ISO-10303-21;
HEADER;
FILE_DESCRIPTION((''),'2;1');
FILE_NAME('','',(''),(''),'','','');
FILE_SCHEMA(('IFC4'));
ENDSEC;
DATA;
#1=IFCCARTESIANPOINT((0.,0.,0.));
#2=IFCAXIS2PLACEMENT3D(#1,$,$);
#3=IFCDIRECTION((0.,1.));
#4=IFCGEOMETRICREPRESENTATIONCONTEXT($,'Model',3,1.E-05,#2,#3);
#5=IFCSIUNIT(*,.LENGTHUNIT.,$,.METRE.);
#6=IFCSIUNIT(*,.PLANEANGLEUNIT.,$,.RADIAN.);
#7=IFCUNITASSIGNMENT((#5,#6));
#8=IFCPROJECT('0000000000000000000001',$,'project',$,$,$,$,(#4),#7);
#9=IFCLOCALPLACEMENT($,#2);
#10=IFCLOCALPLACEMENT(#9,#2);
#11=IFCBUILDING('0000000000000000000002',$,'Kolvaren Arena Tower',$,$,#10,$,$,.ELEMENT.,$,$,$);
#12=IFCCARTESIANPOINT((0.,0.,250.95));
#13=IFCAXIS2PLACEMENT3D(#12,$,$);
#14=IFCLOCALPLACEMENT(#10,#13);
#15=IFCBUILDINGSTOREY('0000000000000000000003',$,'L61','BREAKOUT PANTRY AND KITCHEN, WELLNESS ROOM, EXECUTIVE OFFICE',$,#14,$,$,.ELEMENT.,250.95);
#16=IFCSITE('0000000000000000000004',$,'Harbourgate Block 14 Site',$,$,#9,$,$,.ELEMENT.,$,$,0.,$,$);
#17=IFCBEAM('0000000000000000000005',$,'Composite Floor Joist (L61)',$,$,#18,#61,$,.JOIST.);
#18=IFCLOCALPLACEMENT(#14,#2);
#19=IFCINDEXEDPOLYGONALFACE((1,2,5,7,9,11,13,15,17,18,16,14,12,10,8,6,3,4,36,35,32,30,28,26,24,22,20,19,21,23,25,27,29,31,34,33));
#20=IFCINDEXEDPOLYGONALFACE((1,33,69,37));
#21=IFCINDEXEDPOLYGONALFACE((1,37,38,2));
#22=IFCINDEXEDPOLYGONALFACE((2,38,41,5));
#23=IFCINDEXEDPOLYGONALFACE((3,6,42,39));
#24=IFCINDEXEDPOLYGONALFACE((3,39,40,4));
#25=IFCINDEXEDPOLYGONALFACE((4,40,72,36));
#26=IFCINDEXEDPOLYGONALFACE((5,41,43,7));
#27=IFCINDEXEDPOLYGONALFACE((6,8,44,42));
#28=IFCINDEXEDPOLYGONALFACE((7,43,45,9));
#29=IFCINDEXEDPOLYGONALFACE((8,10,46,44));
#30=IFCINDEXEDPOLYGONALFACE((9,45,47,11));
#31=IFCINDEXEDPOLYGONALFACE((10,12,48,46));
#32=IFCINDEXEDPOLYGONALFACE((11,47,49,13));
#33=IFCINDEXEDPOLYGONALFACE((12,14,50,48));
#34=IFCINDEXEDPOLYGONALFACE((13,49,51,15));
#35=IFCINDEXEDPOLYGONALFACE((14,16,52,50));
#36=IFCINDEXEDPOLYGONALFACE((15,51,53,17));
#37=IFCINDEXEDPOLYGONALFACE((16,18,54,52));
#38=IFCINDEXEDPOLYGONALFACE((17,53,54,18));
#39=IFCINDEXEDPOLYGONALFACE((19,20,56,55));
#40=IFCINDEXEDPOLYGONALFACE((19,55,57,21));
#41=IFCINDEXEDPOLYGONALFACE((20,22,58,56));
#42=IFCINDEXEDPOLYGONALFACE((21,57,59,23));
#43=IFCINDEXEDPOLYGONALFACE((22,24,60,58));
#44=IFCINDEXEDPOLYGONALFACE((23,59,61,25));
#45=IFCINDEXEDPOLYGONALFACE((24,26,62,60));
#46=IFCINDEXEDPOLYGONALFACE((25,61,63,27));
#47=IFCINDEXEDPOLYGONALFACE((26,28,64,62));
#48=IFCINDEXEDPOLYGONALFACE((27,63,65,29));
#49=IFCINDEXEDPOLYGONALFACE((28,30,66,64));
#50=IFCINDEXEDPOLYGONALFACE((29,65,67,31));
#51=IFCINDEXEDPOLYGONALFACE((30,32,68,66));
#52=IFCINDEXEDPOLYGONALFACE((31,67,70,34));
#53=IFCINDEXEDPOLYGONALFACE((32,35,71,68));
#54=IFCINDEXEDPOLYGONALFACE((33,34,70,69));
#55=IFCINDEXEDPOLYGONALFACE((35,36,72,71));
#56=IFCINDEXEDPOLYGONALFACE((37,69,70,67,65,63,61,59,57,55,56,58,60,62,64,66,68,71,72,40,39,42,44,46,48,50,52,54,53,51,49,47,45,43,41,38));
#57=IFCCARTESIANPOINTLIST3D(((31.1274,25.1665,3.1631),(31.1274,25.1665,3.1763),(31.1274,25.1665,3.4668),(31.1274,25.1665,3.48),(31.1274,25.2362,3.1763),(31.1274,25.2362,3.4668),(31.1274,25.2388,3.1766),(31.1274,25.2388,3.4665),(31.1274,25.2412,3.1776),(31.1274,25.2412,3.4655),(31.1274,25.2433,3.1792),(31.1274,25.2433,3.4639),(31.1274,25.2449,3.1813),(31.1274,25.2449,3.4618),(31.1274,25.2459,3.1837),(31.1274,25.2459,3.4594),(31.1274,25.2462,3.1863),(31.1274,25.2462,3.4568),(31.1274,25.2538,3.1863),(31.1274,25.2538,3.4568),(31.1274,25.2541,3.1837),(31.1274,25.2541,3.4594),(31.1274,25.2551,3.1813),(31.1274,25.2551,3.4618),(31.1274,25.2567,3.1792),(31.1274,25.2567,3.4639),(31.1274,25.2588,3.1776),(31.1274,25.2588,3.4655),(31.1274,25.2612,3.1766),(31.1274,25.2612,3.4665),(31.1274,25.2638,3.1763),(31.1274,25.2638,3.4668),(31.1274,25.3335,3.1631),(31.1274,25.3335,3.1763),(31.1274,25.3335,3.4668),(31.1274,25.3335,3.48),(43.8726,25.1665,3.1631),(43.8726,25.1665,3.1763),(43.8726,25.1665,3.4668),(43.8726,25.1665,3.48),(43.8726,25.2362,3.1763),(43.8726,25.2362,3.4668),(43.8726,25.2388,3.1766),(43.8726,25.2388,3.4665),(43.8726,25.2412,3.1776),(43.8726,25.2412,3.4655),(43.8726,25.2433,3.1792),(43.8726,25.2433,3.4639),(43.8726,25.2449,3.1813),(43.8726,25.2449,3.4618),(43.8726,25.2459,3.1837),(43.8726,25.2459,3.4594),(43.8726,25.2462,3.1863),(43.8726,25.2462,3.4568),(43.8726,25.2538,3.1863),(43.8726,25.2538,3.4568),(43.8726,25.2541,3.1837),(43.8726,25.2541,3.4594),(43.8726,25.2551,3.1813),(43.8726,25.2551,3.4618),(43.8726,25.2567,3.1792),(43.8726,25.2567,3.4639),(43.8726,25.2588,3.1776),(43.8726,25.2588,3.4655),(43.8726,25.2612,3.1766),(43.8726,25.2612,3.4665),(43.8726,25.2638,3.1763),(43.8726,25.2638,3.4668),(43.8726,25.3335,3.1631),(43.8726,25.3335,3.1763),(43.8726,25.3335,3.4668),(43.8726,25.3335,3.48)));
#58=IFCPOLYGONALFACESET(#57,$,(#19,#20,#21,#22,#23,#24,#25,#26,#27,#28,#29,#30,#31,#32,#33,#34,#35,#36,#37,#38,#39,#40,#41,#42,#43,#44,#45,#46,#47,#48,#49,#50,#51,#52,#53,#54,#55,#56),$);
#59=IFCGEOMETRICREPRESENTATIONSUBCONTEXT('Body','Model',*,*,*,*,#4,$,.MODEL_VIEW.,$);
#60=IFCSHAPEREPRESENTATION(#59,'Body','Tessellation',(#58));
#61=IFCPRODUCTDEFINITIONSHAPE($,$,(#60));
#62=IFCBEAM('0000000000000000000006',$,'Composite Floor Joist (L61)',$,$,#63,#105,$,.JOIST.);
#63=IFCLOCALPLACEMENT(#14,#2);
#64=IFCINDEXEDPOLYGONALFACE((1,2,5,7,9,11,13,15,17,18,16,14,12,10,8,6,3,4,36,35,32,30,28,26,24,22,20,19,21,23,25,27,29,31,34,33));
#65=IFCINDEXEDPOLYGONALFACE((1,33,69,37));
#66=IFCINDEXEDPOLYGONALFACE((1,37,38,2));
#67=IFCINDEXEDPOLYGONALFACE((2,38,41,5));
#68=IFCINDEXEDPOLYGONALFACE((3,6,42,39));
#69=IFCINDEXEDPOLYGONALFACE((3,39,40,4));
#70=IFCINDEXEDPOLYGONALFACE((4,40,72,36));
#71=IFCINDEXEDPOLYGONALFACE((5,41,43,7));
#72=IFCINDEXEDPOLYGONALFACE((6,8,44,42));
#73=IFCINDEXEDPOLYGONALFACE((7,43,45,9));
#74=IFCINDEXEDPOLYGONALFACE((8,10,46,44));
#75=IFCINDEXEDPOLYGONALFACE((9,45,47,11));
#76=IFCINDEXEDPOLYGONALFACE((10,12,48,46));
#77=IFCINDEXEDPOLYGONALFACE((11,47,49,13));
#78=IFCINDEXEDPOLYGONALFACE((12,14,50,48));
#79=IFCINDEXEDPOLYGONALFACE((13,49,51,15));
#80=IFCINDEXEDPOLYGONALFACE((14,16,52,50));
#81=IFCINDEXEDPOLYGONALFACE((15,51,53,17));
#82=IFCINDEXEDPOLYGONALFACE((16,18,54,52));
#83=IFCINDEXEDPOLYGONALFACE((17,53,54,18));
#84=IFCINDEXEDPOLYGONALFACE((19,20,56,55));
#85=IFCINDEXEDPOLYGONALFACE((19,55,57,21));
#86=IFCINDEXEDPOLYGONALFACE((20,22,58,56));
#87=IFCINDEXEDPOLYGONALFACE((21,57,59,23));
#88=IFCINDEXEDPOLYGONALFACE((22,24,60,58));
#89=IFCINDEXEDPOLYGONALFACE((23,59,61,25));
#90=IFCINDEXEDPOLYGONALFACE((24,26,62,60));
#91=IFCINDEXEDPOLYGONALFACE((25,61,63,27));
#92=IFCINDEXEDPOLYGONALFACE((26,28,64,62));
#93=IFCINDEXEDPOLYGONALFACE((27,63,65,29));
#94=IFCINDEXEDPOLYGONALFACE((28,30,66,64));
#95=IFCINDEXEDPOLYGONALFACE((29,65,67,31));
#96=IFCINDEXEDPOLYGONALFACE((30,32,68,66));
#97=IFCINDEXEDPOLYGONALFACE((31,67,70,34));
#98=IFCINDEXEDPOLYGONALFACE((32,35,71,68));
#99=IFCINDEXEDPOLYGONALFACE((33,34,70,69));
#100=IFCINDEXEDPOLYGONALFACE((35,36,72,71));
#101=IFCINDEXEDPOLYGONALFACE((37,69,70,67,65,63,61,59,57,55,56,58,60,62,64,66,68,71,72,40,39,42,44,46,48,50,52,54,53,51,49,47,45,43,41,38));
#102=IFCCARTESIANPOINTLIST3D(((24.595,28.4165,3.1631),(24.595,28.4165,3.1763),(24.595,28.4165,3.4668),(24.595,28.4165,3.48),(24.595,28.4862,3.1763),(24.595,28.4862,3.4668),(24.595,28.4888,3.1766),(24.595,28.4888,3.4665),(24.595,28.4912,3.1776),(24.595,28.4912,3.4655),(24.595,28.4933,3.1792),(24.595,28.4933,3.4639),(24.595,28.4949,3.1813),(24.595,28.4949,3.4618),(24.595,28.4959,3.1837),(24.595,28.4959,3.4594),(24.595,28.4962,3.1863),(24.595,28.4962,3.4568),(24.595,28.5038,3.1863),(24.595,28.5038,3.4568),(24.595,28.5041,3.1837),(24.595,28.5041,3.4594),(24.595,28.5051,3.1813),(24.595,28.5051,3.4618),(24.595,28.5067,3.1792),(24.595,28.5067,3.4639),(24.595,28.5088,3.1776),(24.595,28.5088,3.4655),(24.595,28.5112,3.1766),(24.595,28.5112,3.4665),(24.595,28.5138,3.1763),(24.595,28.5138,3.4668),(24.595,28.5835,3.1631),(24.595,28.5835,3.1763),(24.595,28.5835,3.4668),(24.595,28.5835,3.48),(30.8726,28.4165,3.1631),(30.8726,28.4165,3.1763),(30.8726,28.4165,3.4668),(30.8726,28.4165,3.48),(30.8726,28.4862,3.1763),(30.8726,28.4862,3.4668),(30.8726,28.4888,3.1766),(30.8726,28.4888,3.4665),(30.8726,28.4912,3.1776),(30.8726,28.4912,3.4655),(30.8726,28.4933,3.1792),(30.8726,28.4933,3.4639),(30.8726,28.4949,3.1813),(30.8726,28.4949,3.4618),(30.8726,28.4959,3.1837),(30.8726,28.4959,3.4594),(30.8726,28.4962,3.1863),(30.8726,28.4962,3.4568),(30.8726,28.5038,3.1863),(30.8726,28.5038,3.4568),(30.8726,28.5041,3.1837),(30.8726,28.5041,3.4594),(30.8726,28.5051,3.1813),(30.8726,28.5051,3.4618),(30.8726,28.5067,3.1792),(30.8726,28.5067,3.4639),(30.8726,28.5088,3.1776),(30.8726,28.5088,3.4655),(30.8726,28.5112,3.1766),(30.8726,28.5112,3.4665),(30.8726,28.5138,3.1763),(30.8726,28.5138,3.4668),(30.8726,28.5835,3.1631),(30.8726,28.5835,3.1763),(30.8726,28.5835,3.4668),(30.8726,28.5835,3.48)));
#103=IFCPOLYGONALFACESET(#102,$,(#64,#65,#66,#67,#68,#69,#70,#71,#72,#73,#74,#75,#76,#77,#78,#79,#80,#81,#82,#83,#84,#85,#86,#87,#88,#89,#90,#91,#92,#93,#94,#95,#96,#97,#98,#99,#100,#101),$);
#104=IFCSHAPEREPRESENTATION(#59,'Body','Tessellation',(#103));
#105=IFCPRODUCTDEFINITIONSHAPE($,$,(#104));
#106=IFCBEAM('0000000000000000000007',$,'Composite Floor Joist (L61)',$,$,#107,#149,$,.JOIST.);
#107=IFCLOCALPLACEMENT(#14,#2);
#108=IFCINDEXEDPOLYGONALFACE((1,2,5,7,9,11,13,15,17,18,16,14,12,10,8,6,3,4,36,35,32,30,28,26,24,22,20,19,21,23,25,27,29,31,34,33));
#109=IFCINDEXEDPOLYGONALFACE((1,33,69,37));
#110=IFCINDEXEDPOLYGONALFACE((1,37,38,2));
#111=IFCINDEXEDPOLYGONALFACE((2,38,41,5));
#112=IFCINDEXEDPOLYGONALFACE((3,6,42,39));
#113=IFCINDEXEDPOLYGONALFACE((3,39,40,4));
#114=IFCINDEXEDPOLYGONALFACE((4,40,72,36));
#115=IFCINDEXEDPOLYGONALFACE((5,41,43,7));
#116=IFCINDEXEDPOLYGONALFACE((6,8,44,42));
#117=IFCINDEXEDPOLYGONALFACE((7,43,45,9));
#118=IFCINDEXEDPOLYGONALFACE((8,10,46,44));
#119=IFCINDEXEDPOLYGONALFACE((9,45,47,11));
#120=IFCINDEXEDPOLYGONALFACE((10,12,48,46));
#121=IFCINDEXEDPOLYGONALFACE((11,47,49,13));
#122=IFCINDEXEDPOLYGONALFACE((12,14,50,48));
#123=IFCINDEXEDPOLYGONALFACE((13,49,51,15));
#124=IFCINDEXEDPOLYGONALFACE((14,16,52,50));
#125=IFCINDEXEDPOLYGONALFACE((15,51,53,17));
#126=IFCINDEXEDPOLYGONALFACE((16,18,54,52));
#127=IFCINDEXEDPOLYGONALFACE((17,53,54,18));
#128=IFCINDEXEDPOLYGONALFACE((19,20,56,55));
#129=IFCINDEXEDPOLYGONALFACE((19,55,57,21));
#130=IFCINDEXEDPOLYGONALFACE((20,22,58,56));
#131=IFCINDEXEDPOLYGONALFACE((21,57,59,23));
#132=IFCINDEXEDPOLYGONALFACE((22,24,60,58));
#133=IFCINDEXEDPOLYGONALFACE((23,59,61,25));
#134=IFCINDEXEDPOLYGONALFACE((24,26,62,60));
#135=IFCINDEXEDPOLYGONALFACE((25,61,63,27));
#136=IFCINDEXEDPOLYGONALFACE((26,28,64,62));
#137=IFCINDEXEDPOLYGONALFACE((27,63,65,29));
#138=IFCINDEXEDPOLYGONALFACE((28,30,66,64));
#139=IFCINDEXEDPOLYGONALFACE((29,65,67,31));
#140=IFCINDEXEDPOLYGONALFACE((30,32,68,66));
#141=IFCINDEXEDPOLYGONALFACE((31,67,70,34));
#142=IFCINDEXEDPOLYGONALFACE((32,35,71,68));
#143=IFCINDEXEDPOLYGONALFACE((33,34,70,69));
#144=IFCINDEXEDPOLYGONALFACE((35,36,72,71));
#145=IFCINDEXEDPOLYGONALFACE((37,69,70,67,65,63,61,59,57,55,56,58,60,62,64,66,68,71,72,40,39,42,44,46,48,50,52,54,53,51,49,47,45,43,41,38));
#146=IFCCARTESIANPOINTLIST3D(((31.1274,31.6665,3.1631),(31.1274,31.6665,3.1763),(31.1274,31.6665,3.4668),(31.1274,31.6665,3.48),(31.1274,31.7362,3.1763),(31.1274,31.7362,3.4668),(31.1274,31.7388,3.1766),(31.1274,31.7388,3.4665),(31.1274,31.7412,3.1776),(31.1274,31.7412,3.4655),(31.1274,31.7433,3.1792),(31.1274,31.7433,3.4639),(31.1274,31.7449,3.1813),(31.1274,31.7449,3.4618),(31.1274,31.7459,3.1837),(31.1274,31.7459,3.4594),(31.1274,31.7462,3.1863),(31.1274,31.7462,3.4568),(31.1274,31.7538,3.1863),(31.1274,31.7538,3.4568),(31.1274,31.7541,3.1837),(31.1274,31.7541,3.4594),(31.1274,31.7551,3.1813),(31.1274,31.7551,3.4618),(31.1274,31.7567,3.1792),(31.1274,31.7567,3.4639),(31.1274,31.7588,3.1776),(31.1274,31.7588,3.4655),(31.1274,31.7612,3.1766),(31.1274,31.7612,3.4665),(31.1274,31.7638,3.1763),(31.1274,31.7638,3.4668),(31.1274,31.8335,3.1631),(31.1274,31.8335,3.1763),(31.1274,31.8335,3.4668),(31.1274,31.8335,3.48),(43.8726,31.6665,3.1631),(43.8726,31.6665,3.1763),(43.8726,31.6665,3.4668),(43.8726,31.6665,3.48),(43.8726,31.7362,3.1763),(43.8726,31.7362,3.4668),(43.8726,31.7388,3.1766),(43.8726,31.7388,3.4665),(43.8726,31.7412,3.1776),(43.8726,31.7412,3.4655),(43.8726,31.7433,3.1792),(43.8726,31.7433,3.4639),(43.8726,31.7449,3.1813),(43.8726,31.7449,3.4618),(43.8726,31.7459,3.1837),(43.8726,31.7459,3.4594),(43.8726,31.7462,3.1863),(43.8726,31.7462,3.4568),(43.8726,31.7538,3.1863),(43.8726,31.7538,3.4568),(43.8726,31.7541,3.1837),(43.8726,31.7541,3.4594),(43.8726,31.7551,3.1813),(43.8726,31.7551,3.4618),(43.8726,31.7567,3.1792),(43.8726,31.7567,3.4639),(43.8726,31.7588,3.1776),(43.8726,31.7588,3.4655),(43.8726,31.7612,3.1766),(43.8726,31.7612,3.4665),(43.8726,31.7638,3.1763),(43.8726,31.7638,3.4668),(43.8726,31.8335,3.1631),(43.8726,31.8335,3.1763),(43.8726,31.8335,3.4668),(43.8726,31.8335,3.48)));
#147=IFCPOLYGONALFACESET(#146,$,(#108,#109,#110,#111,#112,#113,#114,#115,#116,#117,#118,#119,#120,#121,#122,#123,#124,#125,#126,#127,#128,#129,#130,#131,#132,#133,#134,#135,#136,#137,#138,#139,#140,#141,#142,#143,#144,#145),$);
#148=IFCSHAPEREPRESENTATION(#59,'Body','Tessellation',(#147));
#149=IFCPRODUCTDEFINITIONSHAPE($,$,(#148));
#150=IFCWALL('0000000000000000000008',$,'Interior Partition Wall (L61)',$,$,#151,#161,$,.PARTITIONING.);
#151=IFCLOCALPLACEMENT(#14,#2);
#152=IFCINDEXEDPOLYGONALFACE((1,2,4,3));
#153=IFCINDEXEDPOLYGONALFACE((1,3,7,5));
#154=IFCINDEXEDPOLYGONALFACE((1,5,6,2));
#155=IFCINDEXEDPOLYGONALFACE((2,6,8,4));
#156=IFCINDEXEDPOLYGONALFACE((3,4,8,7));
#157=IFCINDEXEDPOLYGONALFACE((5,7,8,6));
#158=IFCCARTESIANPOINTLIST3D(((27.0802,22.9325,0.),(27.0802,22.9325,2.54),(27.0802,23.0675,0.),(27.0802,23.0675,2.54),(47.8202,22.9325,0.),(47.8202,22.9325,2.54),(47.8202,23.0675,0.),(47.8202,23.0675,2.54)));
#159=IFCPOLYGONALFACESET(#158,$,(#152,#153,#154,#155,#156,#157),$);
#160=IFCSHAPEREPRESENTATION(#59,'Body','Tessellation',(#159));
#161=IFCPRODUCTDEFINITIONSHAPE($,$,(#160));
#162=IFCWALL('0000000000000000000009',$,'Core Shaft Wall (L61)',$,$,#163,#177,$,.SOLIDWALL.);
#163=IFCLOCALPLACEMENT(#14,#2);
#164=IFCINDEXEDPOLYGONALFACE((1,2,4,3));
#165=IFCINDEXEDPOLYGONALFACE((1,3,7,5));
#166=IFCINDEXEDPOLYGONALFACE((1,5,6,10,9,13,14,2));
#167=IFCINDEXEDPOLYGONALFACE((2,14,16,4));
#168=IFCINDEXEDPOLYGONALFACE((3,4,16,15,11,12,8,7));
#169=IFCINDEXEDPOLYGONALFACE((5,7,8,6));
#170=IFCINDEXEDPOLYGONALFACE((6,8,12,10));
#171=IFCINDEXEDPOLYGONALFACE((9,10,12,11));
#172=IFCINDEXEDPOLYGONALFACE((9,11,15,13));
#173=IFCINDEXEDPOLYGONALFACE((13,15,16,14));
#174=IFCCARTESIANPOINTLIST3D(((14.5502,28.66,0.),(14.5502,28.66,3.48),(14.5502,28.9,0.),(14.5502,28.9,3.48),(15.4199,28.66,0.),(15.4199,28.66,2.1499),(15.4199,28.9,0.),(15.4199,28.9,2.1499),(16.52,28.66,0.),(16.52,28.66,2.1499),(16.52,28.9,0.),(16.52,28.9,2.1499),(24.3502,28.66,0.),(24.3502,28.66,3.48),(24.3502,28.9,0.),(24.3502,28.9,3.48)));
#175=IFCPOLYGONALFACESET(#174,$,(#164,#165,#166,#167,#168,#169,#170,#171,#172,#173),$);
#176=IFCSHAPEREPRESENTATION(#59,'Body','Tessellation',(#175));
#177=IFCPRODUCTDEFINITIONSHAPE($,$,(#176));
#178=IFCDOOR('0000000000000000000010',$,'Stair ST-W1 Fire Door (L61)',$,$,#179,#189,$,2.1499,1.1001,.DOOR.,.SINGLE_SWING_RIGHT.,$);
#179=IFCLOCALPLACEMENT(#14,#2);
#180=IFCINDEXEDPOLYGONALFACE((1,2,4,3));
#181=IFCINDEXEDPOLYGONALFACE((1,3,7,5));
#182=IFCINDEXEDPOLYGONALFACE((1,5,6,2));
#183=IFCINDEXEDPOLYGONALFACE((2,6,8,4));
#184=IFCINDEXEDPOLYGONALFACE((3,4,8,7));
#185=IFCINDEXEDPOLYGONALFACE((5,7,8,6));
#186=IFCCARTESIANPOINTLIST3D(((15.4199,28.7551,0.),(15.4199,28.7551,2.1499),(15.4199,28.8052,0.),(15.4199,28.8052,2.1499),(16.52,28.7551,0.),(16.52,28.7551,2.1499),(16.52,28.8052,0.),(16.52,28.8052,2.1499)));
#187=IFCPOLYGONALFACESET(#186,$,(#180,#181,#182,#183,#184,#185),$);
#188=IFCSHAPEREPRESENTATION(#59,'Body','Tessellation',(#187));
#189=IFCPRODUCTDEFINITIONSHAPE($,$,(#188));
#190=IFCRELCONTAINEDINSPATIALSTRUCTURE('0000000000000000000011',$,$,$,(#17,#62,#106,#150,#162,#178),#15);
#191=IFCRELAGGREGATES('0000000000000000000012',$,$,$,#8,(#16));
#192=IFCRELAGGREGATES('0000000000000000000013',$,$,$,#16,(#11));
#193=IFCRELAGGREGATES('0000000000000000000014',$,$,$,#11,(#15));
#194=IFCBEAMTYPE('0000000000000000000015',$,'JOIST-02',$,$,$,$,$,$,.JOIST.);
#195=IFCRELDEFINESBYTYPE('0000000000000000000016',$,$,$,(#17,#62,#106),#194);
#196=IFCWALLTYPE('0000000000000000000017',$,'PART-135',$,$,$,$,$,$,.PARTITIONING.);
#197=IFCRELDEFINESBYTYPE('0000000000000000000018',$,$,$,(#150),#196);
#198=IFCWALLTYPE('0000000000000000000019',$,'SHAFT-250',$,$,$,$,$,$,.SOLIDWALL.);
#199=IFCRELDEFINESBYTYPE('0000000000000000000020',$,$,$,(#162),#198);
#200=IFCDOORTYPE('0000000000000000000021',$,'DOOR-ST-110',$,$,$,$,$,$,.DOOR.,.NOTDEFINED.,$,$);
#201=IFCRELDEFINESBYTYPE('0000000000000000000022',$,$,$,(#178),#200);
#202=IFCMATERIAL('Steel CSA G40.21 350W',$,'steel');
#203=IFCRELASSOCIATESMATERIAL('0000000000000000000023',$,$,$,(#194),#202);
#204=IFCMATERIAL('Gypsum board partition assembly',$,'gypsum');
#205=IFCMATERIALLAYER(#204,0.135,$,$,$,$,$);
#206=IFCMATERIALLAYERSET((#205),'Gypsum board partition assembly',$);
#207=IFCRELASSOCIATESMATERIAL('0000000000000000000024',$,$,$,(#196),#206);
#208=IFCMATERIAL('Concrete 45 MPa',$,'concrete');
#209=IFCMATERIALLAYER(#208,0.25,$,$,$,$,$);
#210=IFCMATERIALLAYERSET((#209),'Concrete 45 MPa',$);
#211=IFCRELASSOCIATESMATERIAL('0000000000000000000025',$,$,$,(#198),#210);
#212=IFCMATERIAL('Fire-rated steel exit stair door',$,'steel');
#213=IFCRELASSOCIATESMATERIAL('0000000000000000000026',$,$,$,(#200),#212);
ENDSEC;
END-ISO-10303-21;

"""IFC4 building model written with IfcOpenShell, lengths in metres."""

from ifc_helpers import new_model, si_unit, direction, frame, frame_2d, origin, origin_2d, place, context, subcontext, project, spatial, rectangle, i_section, extrude, material, layer, layer_set, material_profile, profile_set, type_object, element, fill, save


model = new_model("IFC4")

# Units and contexts
model_context = context("Model", 3, precision=1e-05, world=origin(), true_north=direction((0.0, 1.0)))
body_context = subcontext(model_context, "Body", "Model", "MODEL_VIEW")
ifc_project = project(units=[si_unit("LENGTHUNIT", "METRE"), si_unit("PLANEANGLEUNIT", "RADIAN")], contexts=[model_context])

# Site, building, storey
site_placement = place(None, origin())
site = spatial("IfcSite", under=ifc_project, at=site_placement, Name="Harbourgate Block 14 Site", CompositionType="ELEMENT", RefElevation=0.0)
building_placement = place(site_placement, origin())
building = spatial("IfcBuilding", under=site, at=building_placement, Name="Kolvaren Arena Tower", CompositionType="ELEMENT")
storey_placement = place(building_placement, frame((0.0, 0.0, 250.95)))
storey = spatial("IfcBuildingStorey", under=building, at=storey_placement, Name="L61", Description="BREAKOUT PANTRY AND KITCHEN, WELLNESS ROOM, EXECUTIVE OFFICE", CompositionType="ELEMENT", Elevation=250.95)

# Beams
ifc_material_1 = material(Name="Steel CSA G40.21 350W", Category="steel")
ifc_material_profile_1 = material_profile(ifc_material_1, i_section(OverallWidth=0.167, OverallDepth=0.3169, WebThickness=0.0076, FlangeThickness=0.0132, FilletRadius=0.01, at=origin_2d()), Name="W310x52")
ifc_profile_set_1 = profile_set([ifc_material_profile_1], Name="Steel CSA G40.21 350W")
beam_type_1 = type_object("IfcBeamType", Name="JOIST-02", PredefinedType="JOIST", material=ifc_profile_set_1)
beam_1_placement = place(storey_placement, frame((31.1274, 25.25, 3.3215), z_axis=(1.0, 0.0, 0.0), x_axis=(0.0, 1.0, 0.0)))
element("IfcBeam", 1, at=beam_1_placement, inside=storey, type_object=beam_type_1, Name="Composite Floor Joist (L61)", PredefinedType="JOIST", context=body_context, shape_type="SweptSolid", body=[
    extrude(i_section(OverallWidth=0.167, OverallDepth=0.3169, WebThickness=0.0076, FlangeThickness=0.0132, FilletRadius=0.01, at=origin_2d()), origin(), (0.0, 0.0, 1.0), 12.7451),
])
beam_2_placement = place(storey_placement, frame((24.595, 28.5, 3.3215), z_axis=(1.0, 0.0, 0.0), x_axis=(0.0, 1.0, 0.0)))
element("IfcBeam", 2, at=beam_2_placement, inside=storey, type_object=beam_type_1, Name="Composite Floor Joist (L61)", PredefinedType="JOIST", context=body_context, shape_type="SweptSolid", body=[
    extrude(i_section(OverallWidth=0.167, OverallDepth=0.3169, WebThickness=0.0076, FlangeThickness=0.0132, FilletRadius=0.01, at=origin_2d()), origin(), (0.0, 0.0, 1.0), 6.2776),
])
beam_3_placement = place(storey_placement, frame((31.1274, 31.75, 3.3215), z_axis=(1.0, 0.0, 0.0), x_axis=(0.0, 1.0, 0.0)))
element("IfcBeam", 3, at=beam_3_placement, inside=storey, type_object=beam_type_1, Name="Composite Floor Joist (L61)", PredefinedType="JOIST", context=body_context, shape_type="SweptSolid", body=[
    extrude(i_section(OverallWidth=0.167, OverallDepth=0.3169, WebThickness=0.0076, FlangeThickness=0.0132, FilletRadius=0.01, at=origin_2d()), origin(), (0.0, 0.0, 1.0), 12.7451),
])

# Wall
ifc_material_2 = material(Name="Gypsum board partition assembly", Category="gypsum")
ifc_layer_1 = layer(ifc_material_2, 0.135)
ifc_layer_set_1 = layer_set([ifc_layer_1], Name="Gypsum board partition assembly")
wall_type_1 = type_object("IfcWallType", Name="PART-135", PredefinedType="PARTITIONING", material=ifc_layer_set_1)
wall_1_placement = place(storey_placement, frame((27.0801, 23.0, 0.0), z_axis=(0.0, 0.0, 1.0), x_axis=(1.0, 0.0, 0.0)))
element("IfcWall", 4, at=wall_1_placement, inside=storey, type_object=wall_type_1, Name="Interior Partition Wall (L61)", PredefinedType="PARTITIONING", context=body_context, shape_type="SweptSolid", body=[
    extrude(rectangle(XDim=20.74, YDim=0.135, at=frame_2d((10.3701, 0.0))), origin(), (0.0, 0.0, 1.0), 2.54),
])

# Wall, opening, door
ifc_material_3 = material(Name="Concrete 45 MPa", Category="concrete")
ifc_layer_2 = layer(ifc_material_3, 0.25)
ifc_layer_set_2 = layer_set([ifc_layer_2], Name="Concrete 45 MPa")
wall_type_2 = type_object("IfcWallType", Name="SHAFT-250", PredefinedType="SOLIDWALL", material=ifc_layer_set_2)
wall_2_placement = place(storey_placement, frame((24.3501, 28.78, 0.0), z_axis=(0.0, 0.0, 1.0), x_axis=(-1.0, 0.0, 0.0)))
wall_2 = element("IfcWall", 5, at=wall_2_placement, inside=storey, type_object=wall_type_2, Name="Core Shaft Wall (L61)", PredefinedType="SOLIDWALL", context=body_context, shape_type="SweptSolid", body=[
    extrude(rectangle(XDim=9.8, YDim=0.24, at=frame_2d((4.8999, 0.0))), origin(), (0.0, 0.0, 1.0), 3.48),
])
opening_placement = place(wall_2_placement, frame((7.8301, 0.0, 0.0)))
opening = element("IfcOpeningElement", 6, at=opening_placement, cuts=wall_2, PredefinedType="OPENING", context=body_context, shape_type="SweptSolid", body=[
    extrude(rectangle(XDim=1.1001, YDim=2.1499, at=frame_2d((0.55, 1.075))), frame((0.0, 0.1299, 0.0), z_axis=(0.0, -1.0, 0.0), x_axis=(1.0, 0.0, 0.0)), (0.0, 0.0, 1.0), 0.26),
])
ifc_material_4 = material(Name="Fire-rated steel exit stair door", Category="steel")
door_type = type_object("IfcDoorType", Name="DOOR-ST-110", OperationType="NOTDEFINED", PredefinedType="DOOR", material=ifc_material_4)
door_placement = place(opening_placement, origin())
door = element("IfcDoor", 7, at=door_placement, inside=storey, type_object=door_type, Name="Stair ST-W1 Fire Door (L61)", OperationType="SINGLE_SWING_RIGHT", OverallHeight=2.1499, OverallWidth=1.1001, PredefinedType="DOOR", context=body_context, shape_type="SweptSolid", body=[
    extrude(rectangle(XDim=1.1001, YDim=2.1499, at=frame_2d((0.55, 1.075))), frame((0.0, 0.0249, 0.0), z_axis=(0.0, -1.0, 0.0), x_axis=(1.0, 0.0, 0.0)), (0.0, 0.0, 1.0), 0.05),
])
fill(opening, door)

save(model, "model.ifc")
